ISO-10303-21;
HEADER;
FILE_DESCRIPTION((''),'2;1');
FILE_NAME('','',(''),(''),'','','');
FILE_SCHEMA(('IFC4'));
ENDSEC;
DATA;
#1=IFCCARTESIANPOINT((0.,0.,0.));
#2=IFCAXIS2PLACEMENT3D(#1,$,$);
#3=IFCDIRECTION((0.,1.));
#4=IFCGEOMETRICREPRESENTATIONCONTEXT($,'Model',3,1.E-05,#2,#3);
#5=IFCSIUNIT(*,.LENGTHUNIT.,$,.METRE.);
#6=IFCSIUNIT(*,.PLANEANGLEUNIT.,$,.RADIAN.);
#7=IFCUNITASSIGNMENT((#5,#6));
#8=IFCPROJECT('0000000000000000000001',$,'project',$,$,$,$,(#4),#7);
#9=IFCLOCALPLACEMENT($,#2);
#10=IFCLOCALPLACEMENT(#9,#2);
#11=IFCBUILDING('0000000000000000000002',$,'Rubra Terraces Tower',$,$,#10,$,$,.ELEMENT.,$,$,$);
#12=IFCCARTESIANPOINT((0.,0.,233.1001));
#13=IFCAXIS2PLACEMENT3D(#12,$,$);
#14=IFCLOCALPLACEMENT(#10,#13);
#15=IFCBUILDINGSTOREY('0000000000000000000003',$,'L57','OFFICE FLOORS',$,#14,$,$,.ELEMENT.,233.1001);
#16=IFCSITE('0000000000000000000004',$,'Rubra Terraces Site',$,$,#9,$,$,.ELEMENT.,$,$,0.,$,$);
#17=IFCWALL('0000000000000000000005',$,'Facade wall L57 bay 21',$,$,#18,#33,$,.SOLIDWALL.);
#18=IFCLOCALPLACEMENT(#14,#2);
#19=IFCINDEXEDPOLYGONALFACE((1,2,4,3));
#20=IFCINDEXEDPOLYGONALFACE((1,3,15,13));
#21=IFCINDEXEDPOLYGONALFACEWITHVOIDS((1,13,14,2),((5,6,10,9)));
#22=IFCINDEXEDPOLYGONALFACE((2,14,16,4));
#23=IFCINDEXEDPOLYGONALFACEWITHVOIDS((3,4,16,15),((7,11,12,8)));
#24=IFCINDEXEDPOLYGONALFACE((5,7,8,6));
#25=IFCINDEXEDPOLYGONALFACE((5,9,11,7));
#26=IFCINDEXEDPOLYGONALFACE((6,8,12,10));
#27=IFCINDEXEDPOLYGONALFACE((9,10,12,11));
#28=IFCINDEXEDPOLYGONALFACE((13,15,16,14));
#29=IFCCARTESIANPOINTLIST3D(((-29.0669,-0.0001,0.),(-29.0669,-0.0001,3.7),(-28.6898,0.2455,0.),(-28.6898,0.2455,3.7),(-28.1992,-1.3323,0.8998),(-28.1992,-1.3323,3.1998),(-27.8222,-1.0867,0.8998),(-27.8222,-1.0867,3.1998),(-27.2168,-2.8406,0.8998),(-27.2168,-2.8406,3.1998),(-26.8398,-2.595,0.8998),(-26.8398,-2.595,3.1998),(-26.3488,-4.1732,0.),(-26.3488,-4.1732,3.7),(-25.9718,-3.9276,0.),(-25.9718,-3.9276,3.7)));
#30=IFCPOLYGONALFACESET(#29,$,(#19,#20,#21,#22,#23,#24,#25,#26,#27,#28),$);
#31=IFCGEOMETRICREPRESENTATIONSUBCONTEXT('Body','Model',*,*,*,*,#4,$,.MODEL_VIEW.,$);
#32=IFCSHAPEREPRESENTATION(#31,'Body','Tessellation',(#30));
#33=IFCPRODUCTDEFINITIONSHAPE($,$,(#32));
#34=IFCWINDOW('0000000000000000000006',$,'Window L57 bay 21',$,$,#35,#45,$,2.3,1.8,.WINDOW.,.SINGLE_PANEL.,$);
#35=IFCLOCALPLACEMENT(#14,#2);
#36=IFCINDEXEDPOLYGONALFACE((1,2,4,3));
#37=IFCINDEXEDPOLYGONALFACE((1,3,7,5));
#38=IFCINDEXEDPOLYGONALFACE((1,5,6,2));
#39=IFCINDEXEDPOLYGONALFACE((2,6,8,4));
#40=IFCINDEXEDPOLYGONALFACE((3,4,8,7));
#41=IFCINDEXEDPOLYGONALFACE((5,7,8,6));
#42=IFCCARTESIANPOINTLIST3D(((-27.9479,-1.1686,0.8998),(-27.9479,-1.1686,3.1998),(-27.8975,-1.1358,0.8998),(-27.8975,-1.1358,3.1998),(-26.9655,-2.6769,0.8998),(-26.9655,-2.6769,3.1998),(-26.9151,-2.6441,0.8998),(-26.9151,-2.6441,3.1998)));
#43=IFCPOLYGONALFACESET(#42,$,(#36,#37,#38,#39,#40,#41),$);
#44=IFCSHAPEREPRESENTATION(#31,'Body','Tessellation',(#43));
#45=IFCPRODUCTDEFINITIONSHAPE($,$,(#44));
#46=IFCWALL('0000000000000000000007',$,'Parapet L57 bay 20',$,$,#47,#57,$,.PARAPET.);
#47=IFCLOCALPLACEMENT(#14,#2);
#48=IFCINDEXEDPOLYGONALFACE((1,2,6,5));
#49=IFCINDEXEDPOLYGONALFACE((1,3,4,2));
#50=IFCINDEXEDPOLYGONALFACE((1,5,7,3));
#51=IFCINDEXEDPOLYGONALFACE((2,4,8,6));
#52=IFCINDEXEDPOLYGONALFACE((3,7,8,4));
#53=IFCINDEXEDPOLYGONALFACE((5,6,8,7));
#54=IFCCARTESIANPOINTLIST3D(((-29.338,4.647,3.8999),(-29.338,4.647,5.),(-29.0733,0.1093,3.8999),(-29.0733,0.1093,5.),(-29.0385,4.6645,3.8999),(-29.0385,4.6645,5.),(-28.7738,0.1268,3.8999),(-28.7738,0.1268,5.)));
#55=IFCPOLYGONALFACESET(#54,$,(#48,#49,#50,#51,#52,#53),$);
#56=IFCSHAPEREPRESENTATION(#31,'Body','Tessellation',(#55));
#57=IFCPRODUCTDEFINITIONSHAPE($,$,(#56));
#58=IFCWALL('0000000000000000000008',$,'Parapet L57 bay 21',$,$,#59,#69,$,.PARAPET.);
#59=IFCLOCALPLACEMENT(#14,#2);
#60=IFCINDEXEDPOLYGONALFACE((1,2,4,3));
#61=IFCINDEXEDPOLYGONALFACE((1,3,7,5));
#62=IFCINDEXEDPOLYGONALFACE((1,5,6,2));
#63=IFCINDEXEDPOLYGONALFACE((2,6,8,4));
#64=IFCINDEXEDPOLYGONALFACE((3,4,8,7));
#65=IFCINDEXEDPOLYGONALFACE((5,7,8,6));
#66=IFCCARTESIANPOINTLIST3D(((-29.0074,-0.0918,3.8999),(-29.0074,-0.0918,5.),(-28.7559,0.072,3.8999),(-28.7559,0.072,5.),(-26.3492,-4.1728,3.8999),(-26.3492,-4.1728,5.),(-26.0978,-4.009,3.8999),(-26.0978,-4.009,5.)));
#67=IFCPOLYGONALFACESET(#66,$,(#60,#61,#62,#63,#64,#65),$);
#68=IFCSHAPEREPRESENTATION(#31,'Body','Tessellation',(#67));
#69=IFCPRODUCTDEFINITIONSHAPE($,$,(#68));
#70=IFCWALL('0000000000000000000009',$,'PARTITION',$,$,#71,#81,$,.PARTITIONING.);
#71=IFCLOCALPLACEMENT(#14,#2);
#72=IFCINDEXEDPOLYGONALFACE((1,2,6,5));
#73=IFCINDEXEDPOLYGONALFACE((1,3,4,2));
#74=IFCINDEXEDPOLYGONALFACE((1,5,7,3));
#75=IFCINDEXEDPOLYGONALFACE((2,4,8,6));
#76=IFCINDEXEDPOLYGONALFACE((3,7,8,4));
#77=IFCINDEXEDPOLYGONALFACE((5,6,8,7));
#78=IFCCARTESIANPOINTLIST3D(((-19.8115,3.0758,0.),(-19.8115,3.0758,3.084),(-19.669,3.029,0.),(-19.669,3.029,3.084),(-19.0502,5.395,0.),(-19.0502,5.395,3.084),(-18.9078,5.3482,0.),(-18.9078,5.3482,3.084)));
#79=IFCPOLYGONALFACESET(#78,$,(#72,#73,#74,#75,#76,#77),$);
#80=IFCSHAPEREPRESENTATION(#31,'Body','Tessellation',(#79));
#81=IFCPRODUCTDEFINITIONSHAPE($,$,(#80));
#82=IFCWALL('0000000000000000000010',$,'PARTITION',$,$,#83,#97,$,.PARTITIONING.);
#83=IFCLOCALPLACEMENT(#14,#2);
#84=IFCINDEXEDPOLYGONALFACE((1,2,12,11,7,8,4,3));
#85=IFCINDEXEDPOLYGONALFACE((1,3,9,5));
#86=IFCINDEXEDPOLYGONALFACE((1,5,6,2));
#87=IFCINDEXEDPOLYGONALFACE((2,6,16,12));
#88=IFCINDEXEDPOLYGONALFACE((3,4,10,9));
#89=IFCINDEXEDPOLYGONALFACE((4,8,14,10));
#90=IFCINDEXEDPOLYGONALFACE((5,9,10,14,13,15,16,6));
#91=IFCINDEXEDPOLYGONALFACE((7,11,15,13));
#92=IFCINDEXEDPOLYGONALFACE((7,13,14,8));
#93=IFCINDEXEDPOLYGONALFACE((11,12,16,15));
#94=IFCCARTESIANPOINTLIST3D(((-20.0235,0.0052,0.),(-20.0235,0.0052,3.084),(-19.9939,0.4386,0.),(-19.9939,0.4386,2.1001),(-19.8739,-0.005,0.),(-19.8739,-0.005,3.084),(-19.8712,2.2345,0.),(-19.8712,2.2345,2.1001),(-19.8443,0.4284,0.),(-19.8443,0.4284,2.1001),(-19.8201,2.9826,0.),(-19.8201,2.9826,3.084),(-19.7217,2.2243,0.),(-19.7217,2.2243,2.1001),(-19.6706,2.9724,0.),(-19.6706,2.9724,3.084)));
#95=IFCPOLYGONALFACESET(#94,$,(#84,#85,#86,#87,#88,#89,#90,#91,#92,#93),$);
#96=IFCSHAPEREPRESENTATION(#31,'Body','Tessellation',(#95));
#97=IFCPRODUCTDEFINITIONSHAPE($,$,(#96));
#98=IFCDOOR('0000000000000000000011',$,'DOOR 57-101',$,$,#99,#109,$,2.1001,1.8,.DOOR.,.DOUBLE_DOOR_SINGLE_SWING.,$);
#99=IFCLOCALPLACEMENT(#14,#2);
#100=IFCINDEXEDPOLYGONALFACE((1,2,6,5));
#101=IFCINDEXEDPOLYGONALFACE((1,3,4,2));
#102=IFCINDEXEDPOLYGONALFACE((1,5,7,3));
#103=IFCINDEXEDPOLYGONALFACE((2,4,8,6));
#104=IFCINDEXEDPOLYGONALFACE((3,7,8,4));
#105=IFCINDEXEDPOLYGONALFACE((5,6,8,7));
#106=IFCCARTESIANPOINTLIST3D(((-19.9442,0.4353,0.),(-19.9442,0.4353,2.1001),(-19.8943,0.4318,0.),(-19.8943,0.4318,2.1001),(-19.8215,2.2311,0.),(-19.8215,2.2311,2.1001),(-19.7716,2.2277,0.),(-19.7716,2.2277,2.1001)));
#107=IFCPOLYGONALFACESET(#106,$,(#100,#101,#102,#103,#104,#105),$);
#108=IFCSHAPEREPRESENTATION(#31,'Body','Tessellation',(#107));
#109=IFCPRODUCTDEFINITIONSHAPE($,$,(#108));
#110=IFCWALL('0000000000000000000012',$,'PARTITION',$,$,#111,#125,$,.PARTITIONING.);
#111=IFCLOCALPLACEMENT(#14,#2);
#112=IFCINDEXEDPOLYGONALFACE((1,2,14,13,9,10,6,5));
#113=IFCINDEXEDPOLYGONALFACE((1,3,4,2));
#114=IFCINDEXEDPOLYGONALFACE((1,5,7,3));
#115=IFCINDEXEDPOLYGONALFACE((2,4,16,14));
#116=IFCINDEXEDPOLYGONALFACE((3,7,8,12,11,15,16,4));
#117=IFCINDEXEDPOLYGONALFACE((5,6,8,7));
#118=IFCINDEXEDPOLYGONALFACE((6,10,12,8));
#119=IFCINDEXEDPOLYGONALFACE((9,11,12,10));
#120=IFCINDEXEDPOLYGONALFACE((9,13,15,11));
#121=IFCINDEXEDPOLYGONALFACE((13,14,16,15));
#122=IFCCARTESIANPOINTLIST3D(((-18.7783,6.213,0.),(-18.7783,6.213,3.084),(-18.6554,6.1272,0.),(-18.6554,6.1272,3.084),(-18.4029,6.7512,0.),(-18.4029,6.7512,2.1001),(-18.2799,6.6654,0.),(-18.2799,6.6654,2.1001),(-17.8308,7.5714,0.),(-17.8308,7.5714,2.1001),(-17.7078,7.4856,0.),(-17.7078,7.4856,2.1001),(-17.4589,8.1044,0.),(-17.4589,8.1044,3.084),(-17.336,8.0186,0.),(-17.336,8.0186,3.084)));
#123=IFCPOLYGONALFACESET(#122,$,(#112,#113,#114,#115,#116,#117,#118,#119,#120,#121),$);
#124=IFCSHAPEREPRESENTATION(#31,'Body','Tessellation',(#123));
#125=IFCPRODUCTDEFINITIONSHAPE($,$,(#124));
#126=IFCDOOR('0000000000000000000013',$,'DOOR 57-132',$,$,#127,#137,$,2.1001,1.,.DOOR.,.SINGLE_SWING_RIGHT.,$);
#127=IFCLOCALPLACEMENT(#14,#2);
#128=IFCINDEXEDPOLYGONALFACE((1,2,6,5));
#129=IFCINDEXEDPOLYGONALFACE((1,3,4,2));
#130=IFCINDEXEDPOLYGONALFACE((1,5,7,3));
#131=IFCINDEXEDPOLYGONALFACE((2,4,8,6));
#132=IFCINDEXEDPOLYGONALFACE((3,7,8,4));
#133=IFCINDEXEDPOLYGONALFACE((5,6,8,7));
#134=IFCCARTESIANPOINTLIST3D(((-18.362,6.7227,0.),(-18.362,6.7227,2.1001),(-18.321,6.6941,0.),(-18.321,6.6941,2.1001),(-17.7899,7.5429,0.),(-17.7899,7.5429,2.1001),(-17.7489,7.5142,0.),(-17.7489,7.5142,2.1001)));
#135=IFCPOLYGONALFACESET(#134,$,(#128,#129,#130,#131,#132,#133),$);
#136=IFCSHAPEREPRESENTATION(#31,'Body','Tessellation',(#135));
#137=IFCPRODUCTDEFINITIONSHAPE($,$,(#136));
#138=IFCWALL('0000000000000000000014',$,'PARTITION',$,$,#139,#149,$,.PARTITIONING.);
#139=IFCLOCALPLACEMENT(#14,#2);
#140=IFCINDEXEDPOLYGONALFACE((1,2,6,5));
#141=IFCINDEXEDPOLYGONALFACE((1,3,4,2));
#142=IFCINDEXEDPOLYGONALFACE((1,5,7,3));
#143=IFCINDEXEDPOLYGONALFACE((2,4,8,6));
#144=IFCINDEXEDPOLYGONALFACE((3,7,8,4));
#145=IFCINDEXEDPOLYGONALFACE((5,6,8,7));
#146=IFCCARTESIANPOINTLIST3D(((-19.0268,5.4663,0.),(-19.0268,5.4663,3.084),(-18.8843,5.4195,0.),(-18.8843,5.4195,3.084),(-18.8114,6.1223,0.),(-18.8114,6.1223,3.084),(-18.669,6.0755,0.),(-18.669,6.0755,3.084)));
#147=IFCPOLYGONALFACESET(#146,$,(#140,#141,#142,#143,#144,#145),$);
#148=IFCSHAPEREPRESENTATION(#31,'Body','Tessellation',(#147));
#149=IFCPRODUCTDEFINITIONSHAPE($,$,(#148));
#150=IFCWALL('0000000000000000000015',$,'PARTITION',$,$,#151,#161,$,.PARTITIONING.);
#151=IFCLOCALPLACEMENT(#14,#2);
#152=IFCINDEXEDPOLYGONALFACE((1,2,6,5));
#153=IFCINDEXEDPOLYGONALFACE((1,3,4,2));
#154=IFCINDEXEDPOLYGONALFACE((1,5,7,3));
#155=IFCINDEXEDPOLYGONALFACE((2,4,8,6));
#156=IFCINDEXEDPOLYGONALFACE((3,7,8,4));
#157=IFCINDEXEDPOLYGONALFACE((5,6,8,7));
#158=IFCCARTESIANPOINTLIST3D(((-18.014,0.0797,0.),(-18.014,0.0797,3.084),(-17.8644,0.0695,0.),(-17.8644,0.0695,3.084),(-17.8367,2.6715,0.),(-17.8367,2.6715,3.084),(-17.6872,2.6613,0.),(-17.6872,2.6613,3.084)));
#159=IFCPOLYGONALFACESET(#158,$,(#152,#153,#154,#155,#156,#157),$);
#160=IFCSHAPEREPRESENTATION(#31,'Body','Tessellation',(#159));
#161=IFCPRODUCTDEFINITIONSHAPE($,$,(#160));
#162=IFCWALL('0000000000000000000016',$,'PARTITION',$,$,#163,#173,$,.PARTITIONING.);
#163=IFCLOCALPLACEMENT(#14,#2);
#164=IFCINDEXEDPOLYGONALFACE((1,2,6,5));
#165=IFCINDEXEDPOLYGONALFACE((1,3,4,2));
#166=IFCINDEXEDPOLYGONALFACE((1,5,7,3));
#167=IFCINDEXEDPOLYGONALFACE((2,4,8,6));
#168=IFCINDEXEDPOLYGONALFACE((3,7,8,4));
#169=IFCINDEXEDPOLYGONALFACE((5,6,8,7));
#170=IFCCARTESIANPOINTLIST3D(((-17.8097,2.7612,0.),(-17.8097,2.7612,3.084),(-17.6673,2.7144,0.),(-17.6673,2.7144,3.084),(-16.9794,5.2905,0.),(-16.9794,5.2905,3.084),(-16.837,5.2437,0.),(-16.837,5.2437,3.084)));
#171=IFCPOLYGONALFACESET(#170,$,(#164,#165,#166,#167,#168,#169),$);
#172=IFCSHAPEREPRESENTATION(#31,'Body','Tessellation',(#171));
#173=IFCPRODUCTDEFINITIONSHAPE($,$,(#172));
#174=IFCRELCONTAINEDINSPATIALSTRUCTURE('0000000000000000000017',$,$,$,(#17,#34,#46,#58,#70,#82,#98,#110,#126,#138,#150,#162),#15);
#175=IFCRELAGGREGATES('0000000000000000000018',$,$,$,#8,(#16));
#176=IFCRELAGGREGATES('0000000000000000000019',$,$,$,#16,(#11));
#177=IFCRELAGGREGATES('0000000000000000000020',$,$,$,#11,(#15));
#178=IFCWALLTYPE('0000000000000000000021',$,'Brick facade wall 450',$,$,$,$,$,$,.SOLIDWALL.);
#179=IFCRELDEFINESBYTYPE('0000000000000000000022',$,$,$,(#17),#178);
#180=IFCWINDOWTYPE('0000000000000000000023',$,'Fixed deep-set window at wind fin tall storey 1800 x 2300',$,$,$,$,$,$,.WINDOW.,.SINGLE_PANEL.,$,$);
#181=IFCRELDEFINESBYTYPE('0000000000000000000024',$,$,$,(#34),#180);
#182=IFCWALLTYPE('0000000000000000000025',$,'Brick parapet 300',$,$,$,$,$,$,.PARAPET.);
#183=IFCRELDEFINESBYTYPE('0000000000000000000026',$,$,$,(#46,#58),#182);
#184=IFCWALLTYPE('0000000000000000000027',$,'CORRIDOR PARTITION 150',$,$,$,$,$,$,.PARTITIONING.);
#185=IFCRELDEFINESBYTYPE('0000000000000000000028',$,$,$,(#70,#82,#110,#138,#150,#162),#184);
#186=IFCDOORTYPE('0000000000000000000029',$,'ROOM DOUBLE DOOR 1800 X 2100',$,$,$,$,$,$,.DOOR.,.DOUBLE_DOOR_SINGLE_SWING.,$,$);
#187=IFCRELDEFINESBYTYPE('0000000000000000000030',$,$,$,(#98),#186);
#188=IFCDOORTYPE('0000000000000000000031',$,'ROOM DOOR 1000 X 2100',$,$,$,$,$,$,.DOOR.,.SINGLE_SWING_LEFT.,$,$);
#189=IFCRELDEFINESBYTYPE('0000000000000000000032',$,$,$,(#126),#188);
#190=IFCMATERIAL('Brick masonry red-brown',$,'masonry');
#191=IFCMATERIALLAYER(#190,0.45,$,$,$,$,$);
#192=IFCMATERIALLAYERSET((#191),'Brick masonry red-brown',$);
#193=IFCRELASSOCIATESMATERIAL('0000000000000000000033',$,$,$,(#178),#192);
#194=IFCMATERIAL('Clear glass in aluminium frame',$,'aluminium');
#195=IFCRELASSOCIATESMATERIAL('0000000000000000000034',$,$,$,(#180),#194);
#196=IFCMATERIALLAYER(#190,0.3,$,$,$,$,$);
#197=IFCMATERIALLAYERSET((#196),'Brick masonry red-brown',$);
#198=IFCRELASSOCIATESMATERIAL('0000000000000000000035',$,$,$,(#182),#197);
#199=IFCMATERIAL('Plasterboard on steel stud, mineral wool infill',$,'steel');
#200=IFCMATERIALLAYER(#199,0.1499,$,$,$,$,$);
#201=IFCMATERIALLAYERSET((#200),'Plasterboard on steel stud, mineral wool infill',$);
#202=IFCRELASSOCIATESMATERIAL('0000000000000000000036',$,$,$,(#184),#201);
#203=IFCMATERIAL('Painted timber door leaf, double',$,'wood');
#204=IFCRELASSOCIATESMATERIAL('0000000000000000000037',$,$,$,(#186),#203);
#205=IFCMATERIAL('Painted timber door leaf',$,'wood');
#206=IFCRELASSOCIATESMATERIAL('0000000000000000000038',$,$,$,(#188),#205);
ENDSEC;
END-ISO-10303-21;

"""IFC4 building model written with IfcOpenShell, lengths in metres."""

from ifc_helpers import new_model, si_unit, direction, frame, frame_2d, origin, place, context, subcontext, project, spatial, rectangle, extrude, material, layer, layer_set, type_object, element, fill, save


model = new_model("IFC4")

# Units and contexts
model_context = context("Model", 3, precision=1e-05, world=origin(), true_north=direction((0.0, 1.0)))
body_context = subcontext(model_context, "Body", "Model", "MODEL_VIEW")
ifc_project = project(units=[si_unit("LENGTHUNIT", "METRE"), si_unit("PLANEANGLEUNIT", "RADIAN")], contexts=[model_context])

# Site, building, storey
site_placement = place(None, origin())
site = spatial("IfcSite", under=ifc_project, at=site_placement, Name="Rubra Terraces Site", CompositionType="ELEMENT", RefElevation=0.0)
building_placement = place(site_placement, origin())
building = spatial("IfcBuilding", under=site, at=building_placement, Name="Rubra Terraces Tower", CompositionType="ELEMENT")
storey_placement = place(building_placement, frame((0.0, 0.0, 233.1001)))
storey = spatial("IfcBuildingStorey", under=building, at=storey_placement, Name="L57", Description="OFFICE FLOORS", CompositionType="ELEMENT", Elevation=233.1001)

# Wall, opening, window
ifc_material_1 = material(Name="Brick masonry red-brown", Category="masonry")
ifc_layer_1 = layer(ifc_material_1, 0.45)
ifc_layer_set_1 = layer_set([ifc_layer_1], Name="Brick masonry red-brown")
wall_type_1 = type_object("IfcWallType", Name="Brick facade wall 450", PredefinedType="SOLIDWALL", material=ifc_layer_set_1)
ifc_material_2 = material(Name="Clear glass in aluminium frame", Category="aluminium")
wall_1_placement = place(storey_placement, frame((-28.8784, 0.1228, 0.0), z_axis=(0.0, 0.0, 1.0), x_axis=(0.545765, -0.837938, 0.0)))
wall_1 = element("IfcWall", 1, at=wall_1_placement, inside=storey, type_object=wall_type_1, Name="Facade wall L57 bay 21", PredefinedType="SOLIDWALL", context=body_context, shape_type="SweptSolid", body=[
    extrude(rectangle(XDim=4.9802, YDim=0.45, at=frame_2d((2.4902, 0.0))), origin(), (0.0, 0.0, 1.0), 3.7),
])
opening_1_placement = place(wall_1_placement, frame((1.5901, 0.0, 0.8999)))
opening_1 = element("IfcOpeningElement", 2, at=opening_1_placement, cuts=wall_1, PredefinedType="OPENING", context=body_context, shape_type="SweptSolid", body=[
    extrude(rectangle(XDim=1.8, YDim=2.3, at=frame_2d((0.8999, 1.1499))), frame((0.0, 0.2349, 0.0), z_axis=(0.0, -1.0, 0.0), x_axis=(1.0, 0.0, 0.0)), (0.0, 0.0, 1.0), 0.47),
])
window_type_1 = type_object("IfcWindowType", Name="Fixed deep-set window at wind fin tall storey 1800 x 2300", PartitioningType="SINGLE_PANEL", PredefinedType="WINDOW", material=ifc_material_2)
window_1_placement = place(opening_1_placement, origin())
window_1 = element("IfcWindow", 3, at=window_1_placement, inside=storey, type_object=window_type_1, Name="Window L57 bay 21", OverallHeight=2.3, OverallWidth=1.8, PartitioningType="SINGLE_PANEL", PredefinedType="WINDOW", context=body_context, shape_type="SweptSolid", body=[
    extrude(rectangle(XDim=1.8, YDim=2.3, at=frame_2d((0.8999, 1.1499))), frame((0.0, 0.135, 0.0), z_axis=(0.0, -1.0, 0.0), x_axis=(1.0, 0.0, 0.0)), (0.0, 0.0, 1.0), 0.0601),
])
fill(opening_1, window_1)

# Walls
ifc_layer_2 = layer(ifc_material_1, 0.3)
ifc_layer_set_2 = layer_set([ifc_layer_2], Name="Brick masonry red-brown")
wall_type_2 = type_object("IfcWallType", Name="Brick parapet 300", PredefinedType="PARAPET", material=ifc_layer_set_2)
wall_2_placement = place(storey_placement, frame((-29.1882, 4.6558, 3.8999), z_axis=(0.0, 0.0, 1.0), x_axis=(0.058225, -0.998304, 0.0)))
element("IfcWall", 4, at=wall_2_placement, inside=storey, type_object=wall_type_2, Name="Parapet L57 bay 20", PredefinedType="PARAPET", context=body_context, shape_type="SweptSolid", body=[
    extrude(rectangle(XDim=4.5454, YDim=0.3, at=frame_2d((2.2727, 0.0))), origin(), (0.0, 0.0, 1.0), 1.1001),
])
wall_3_placement = place(storey_placement, frame((-28.8816, -0.01, 3.8999), z_axis=(0.0, 0.0, 1.0), x_axis=(0.545785, -0.837926, 0.0)))
element("IfcWall", 5, at=wall_3_placement, inside=storey, type_object=wall_type_2, Name="Parapet L57 bay 21", PredefinedType="PARAPET", context=body_context, shape_type="SweptSolid", body=[
    extrude(rectangle(XDim=4.8704, YDim=0.3, at=frame_2d((2.4351, 0.0))), origin(), (0.0, 0.0, 1.0), 1.1001),
])
ifc_material_3 = material(Name="Plasterboard on steel stud, mineral wool infill", Category="steel")
ifc_layer_3 = layer(ifc_material_3, 0.1499)
ifc_layer_set_3 = layer_set([ifc_layer_3], Name="Plasterboard on steel stud, mineral wool infill")
wall_type_3 = type_object("IfcWallType", Name="CORRIDOR PARTITION 150", PredefinedType="PARTITIONING", material=ifc_layer_set_3)
wall_4_placement = place(storey_placement, frame((-18.979, 5.3716, 0.0), z_axis=(0.0, 0.0, 1.0), x_axis=(-0.311873, -0.950124, 0.0)))
element("IfcWall", 6, at=wall_4_placement, inside=storey, type_object=wall_type_3, Name="PARTITION", PredefinedType="PARTITIONING", context=body_context, shape_type="SweptSolid", body=[
    extrude(rectangle(XDim=2.4409, YDim=0.1499, at=frame_2d((1.2205, 0.0))), origin(), (0.0, 0.0, 1.0), 3.084),
])

# Walls, openings, doors
wall_5_placement = place(storey_placement, frame((-19.7454, 2.9775, 0.0), z_axis=(0.0, 0.0, 1.0), x_axis=(-0.068142, -0.997676, 0.0)))
wall_5 = element("IfcWall", 7, at=wall_5_placement, inside=storey, type_object=wall_type_3, Name="PARTITION", PredefinedType="PARTITIONING", context=body_context, shape_type="SweptSolid", body=[
    extrude(rectangle(XDim=2.9844, YDim=0.1499, at=frame_2d((1.4922, 0.0))), origin(), (0.0, 0.0, 1.0), 3.084),
])
opening_2_placement = place(wall_5_placement, frame((0.75, 0.0, 0.0)))
opening_2 = element("IfcOpeningElement", 8, at=opening_2_placement, cuts=wall_5, PredefinedType="OPENING", context=body_context, shape_type="SweptSolid", body=[
    extrude(rectangle(XDim=1.8, YDim=2.1001, at=frame_2d((0.8999, 1.05))), frame((0.0, 0.085, 0.0), z_axis=(0.0, -1.0, 0.0), x_axis=(1.0, 0.0, 0.0)), (0.0, 0.0, 1.0), 0.1699),
])
ifc_material_4 = material(Name="Painted timber door leaf, double", Category="wood")
door_type_1 = type_object("IfcDoorType", Name="ROOM DOUBLE DOOR 1800 X 2100", OperationType="DOUBLE_DOOR_SINGLE_SWING", PredefinedType="DOOR", material=ifc_material_4)
door_1_placement = place(opening_2_placement, origin())
door_1 = element("IfcDoor", 9, at=door_1_placement, inside=storey, type_object=door_type_1, Name="DOOR 57-101", OperationType="DOUBLE_DOOR_SINGLE_SWING", OverallHeight=2.1001, OverallWidth=1.8, PredefinedType="DOOR", context=body_context, shape_type="SweptSolid", body=[
    extrude(rectangle(XDim=1.8, YDim=2.1001, at=frame_2d((0.8999, 1.05))), frame((0.0, 0.0249, 0.0), z_axis=(0.0, -1.0, 0.0), x_axis=(1.0, 0.0, 0.0)), (0.0, 0.0, 1.0), 0.05),
])
fill(opening_2, door_1)
wall_6_placement = place(storey_placement, frame((-17.3975, 8.0615, 0.0), z_axis=(0.0, 0.0, 1.0), x_axis=(-0.572119, -0.820171, 0.0)))
wall_6 = element("IfcWall", 10, at=wall_6_placement, inside=storey, type_object=wall_type_3, Name="PARTITION", PredefinedType="PARTITIONING", context=body_context, shape_type="SweptSolid", body=[
    extrude(rectangle(XDim=2.3062, YDim=0.1499, at=frame_2d((1.1531, 0.0))), origin(), (0.0, 0.0, 1.0), 3.084),
])
opening_3_placement = place(wall_6_placement, frame((0.6499, 0.0, 0.0)))
opening_3 = element("IfcOpeningElement", 11, at=opening_3_placement, cuts=wall_6, PredefinedType="OPENING", context=body_context, shape_type="SweptSolid", body=[
    extrude(rectangle(XDim=1.0, YDim=2.1001, at=frame_2d((0.5, 1.05))), frame((0.0, 0.085, 0.0), z_axis=(0.0, -1.0, 0.0), x_axis=(1.0, 0.0, 0.0)), (0.0, 0.0, 1.0), 0.1699),
])
ifc_material_5 = material(Name="Painted timber door leaf", Category="wood")
door_type_2 = type_object("IfcDoorType", Name="ROOM DOOR 1000 X 2100", OperationType="SINGLE_SWING_LEFT", PredefinedType="DOOR", material=ifc_material_5)
door_2_placement = place(opening_3_placement, origin())
door_2 = element("IfcDoor", 12, at=door_2_placement, inside=storey, type_object=door_type_2, Name="DOOR 57-132", OperationType="SINGLE_SWING_RIGHT", OverallHeight=2.1001, OverallWidth=1.0, PredefinedType="DOOR", context=body_context, shape_type="SweptSolid", body=[
    extrude(rectangle(XDim=1.0, YDim=2.1001, at=frame_2d((0.5, 1.05))), frame((0.0, 0.0249, 0.0), z_axis=(0.0, -1.0, 0.0), x_axis=(1.0, 0.0, 0.0)), (0.0, 0.0, 1.0), 0.05),
])
fill(opening_3, door_2)

# Walls
wall_7_placement = place(storey_placement, frame((-18.7402, 6.0989, 0.0), z_axis=(0.0, 0.0, 1.0), x_axis=(-0.311875, -0.950123, 0.0)))
element("IfcWall", 13, at=wall_7_placement, inside=storey, type_object=wall_type_3, Name="PARTITION", PredefinedType="PARTITIONING", context=body_context, shape_type="SweptSolid", body=[
    extrude(rectangle(XDim=0.6904, YDim=0.1499, at=frame_2d((0.3452, 0.0))), origin(), (0.0, 0.0, 1.0), 3.084),
])
wall_8_placement = place(storey_placement, frame((-17.9392, 0.0747, 0.0), z_axis=(0.0, 0.0, 1.0), x_axis=(0.068228, 0.99767, 0.0)))
element("IfcWall", 14, at=wall_8_placement, inside=storey, type_object=wall_type_3, Name="PARTITION", PredefinedType="PARTITIONING", context=body_context, shape_type="SweptSolid", body=[
    extrude(rectangle(XDim=2.5979, YDim=0.1499, at=frame_2d((1.2988, 0.0))), origin(), (0.0, 0.0, 1.0), 3.084),
])
wall_9_placement = place(storey_placement, frame((-17.7385, 2.7378, 0.0), z_axis=(0.0, 0.0, 1.0), x_axis=(0.311905, 0.950113, 0.0)))
element("IfcWall", 15, at=wall_9_placement, inside=storey, type_object=wall_type_3, Name="PARTITION", PredefinedType="PARTITIONING", context=body_context, shape_type="SweptSolid", body=[
    extrude(rectangle(XDim=2.6621, YDim=0.1499, at=frame_2d((1.3311, 0.0))), origin(), (0.0, 0.0, 1.0), 3.084),
])

save(model, "model.ifc")
